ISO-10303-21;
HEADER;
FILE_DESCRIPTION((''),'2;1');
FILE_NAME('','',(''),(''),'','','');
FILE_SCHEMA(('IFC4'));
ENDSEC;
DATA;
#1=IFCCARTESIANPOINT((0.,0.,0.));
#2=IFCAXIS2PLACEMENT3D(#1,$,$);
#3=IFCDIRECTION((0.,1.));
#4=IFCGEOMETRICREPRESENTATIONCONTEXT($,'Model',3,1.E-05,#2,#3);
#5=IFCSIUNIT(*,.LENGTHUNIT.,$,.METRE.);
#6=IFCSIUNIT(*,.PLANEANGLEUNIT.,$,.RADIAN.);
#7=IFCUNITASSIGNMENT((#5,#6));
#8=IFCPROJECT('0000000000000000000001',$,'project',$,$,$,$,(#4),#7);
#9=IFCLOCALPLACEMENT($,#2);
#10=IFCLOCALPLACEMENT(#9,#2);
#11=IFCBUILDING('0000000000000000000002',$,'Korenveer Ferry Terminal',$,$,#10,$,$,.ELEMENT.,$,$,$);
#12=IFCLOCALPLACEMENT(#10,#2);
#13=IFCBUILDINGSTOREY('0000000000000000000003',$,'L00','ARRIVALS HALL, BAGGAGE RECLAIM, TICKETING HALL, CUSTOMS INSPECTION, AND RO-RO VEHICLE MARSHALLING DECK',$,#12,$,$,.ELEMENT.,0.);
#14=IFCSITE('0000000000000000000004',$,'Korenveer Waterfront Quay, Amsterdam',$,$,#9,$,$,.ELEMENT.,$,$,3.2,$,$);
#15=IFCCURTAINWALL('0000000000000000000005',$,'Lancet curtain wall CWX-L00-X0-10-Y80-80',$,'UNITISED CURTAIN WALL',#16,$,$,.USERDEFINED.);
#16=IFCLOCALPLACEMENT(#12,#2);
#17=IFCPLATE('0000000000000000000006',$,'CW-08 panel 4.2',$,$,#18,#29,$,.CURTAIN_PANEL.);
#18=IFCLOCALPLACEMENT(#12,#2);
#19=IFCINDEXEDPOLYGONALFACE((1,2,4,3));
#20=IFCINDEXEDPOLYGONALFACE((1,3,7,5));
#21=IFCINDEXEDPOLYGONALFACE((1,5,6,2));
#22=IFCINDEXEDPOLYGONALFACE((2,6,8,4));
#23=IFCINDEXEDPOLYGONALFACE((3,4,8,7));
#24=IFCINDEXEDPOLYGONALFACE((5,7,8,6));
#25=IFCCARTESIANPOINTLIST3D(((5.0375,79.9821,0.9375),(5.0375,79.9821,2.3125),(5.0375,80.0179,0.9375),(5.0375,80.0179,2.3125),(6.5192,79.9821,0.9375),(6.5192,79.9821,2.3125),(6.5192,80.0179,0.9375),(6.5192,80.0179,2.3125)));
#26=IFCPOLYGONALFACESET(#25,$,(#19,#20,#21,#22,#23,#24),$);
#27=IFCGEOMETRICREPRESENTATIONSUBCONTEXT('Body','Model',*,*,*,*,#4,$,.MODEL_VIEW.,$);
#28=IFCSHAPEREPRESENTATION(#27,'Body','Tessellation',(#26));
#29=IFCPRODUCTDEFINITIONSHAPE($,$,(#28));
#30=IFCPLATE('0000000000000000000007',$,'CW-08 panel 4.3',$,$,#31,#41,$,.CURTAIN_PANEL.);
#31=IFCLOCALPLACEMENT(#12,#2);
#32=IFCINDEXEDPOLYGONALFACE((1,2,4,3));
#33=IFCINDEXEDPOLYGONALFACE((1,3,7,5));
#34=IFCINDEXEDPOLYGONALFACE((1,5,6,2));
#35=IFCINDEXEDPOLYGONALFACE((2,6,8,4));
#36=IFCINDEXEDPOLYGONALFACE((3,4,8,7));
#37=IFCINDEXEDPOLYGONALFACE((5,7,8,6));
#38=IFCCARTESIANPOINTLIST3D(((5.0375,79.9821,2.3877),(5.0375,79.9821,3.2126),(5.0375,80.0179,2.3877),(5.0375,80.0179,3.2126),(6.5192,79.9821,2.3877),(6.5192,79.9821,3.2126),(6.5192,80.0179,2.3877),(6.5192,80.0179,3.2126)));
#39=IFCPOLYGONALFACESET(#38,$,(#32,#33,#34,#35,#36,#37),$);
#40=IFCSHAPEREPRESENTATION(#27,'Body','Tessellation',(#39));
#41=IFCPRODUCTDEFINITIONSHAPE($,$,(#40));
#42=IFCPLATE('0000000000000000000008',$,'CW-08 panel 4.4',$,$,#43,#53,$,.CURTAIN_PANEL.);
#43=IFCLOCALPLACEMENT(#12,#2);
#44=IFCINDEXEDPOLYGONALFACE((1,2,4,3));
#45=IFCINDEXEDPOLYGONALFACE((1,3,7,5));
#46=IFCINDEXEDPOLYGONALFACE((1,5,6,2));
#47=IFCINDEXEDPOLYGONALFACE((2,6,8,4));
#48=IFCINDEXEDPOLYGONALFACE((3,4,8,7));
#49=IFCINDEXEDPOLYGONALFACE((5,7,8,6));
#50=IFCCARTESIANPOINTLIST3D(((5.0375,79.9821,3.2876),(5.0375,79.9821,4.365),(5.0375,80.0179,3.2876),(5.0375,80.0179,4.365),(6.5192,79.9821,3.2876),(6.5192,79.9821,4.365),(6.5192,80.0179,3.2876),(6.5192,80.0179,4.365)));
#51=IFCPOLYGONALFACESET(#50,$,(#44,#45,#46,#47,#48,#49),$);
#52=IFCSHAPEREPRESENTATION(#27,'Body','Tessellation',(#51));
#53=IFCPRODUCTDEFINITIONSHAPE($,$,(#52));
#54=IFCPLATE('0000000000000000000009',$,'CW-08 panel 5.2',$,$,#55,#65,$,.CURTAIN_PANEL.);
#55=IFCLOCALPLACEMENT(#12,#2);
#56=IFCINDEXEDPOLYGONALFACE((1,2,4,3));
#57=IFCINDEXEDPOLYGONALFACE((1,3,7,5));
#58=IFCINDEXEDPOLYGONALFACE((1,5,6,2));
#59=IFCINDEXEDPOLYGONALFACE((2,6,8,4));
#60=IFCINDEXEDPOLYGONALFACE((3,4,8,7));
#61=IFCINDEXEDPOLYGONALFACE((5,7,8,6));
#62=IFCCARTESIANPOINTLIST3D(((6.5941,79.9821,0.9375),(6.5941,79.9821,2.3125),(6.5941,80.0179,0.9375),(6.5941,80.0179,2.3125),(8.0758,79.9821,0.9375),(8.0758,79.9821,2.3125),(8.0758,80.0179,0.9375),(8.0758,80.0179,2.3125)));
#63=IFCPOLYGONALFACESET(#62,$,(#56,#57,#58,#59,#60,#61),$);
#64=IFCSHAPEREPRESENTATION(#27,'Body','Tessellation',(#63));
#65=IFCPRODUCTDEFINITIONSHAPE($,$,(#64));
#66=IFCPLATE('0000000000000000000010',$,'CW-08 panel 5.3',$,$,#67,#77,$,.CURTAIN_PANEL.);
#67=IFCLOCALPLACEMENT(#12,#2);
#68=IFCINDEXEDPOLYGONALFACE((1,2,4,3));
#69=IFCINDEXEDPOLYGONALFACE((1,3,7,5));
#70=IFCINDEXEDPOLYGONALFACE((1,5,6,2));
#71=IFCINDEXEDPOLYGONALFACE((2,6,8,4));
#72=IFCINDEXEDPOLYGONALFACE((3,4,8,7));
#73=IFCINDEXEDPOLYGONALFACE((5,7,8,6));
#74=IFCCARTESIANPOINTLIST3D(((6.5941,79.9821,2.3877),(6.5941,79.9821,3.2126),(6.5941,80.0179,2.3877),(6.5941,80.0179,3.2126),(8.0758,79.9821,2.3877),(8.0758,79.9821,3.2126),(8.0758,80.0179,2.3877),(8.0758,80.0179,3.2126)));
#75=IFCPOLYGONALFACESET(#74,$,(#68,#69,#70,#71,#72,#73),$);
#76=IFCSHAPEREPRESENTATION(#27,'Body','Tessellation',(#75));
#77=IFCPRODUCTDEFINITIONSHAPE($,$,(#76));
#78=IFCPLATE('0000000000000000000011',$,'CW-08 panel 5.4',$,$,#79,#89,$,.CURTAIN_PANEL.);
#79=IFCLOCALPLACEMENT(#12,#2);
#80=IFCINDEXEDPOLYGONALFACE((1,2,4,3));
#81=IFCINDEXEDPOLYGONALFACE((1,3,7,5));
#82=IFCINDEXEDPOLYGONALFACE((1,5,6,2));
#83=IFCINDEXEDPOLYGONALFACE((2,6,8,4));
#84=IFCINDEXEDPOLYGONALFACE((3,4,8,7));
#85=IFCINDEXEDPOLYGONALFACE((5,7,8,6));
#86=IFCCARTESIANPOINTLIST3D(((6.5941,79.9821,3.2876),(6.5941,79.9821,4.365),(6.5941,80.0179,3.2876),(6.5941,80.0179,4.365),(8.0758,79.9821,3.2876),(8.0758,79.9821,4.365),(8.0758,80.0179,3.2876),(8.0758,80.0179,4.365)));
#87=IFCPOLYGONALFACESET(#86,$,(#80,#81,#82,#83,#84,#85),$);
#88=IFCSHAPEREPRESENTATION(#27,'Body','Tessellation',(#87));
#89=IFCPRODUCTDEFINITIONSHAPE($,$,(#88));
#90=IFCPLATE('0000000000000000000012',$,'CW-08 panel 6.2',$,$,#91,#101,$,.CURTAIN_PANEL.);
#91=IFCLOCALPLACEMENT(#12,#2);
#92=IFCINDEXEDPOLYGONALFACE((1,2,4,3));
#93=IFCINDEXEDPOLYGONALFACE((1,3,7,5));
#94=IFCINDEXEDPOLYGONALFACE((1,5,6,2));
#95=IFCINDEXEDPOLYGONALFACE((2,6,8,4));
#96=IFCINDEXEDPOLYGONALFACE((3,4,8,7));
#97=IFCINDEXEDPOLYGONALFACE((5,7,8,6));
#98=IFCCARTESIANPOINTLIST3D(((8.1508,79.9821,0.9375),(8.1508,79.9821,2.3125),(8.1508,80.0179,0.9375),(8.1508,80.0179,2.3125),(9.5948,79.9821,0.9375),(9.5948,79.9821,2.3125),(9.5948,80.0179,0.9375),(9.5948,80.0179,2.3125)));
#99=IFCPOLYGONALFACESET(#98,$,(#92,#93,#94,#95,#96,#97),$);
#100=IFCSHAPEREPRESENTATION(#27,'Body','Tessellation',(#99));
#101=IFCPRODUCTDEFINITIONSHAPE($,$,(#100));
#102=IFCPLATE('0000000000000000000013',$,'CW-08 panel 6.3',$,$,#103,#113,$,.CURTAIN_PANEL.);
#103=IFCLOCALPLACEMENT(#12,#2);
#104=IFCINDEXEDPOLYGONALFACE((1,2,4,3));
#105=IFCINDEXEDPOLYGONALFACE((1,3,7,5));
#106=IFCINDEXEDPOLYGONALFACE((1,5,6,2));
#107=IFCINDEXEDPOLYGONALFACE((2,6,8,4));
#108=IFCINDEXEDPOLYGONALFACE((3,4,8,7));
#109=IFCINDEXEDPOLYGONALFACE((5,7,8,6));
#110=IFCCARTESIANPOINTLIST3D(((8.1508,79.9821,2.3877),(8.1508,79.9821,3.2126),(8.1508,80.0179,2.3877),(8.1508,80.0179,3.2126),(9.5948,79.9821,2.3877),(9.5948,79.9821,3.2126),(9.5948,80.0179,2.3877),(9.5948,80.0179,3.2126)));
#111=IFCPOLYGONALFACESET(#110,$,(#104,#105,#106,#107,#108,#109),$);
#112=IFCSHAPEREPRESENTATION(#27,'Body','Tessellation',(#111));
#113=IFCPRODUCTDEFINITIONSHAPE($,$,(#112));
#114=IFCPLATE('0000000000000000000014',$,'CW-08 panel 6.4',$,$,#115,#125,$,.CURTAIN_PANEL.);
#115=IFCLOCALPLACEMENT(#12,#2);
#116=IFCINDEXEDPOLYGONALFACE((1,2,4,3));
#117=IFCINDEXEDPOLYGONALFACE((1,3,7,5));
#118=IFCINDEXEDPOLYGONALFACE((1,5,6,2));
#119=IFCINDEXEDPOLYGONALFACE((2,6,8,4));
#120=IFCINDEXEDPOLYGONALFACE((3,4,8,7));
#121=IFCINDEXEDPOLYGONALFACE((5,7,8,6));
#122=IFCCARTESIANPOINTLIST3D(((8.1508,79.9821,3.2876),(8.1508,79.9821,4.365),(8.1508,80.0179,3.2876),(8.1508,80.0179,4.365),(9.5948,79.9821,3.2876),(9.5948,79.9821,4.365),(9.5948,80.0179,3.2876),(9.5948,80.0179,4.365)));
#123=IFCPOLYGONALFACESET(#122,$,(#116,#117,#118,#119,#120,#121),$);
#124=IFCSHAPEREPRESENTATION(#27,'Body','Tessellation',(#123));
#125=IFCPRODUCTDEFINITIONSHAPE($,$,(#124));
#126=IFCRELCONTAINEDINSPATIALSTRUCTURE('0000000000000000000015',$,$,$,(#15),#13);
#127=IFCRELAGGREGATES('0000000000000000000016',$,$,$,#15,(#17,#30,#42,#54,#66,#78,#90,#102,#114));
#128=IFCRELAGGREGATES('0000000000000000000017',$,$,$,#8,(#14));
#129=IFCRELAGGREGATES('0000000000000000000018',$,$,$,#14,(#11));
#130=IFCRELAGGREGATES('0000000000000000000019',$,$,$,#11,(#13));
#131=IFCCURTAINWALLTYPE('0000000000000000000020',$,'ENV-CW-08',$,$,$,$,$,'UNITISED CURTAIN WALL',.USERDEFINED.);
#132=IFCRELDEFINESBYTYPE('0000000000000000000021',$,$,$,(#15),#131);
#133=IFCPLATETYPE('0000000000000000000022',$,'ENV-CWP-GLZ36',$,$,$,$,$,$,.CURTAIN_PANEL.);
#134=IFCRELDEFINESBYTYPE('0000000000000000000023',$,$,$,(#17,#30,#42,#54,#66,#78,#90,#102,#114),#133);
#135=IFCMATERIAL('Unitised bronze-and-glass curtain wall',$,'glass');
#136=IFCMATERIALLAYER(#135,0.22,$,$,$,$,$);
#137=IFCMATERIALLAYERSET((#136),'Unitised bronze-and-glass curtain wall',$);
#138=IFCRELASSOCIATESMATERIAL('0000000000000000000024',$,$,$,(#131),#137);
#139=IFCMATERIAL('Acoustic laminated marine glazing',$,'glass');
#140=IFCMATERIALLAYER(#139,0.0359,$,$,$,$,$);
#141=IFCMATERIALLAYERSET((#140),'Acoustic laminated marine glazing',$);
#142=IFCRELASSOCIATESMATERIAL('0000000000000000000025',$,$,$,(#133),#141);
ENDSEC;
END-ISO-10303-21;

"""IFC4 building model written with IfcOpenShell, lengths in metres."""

from ifc_helpers import new_model, si_unit, direction, frame, origin, origin_2d, place, context, subcontext, project, spatial, rectangle, extrude, material, layer, layer_set, type_object, element, aggregate, save


model = new_model("IFC4")

# Units and contexts
model_context = context("Model", 3, precision=1e-05, world=origin(), true_north=direction((0.0, 1.0)))
body_context = subcontext(model_context, "Body", "Model", "MODEL_VIEW")
ifc_project = project(units=[si_unit("LENGTHUNIT", "METRE"), si_unit("PLANEANGLEUNIT", "RADIAN")], contexts=[model_context])

# Site, building, storey
site_placement = place(None, origin())
site = spatial("IfcSite", under=ifc_project, at=site_placement, Name="Korenveer Waterfront Quay, Amsterdam", CompositionType="ELEMENT", RefElevation=3.2)
building_placement = place(site_placement, origin())
building = spatial("IfcBuilding", under=site, at=building_placement, Name="Korenveer Ferry Terminal", CompositionType="ELEMENT")
storey_placement = place(building_placement, origin())
storey = spatial("IfcBuildingStorey", under=building, at=storey_placement, Name="L00", Description="ARRIVALS HALL, BAGGAGE RECLAIM, TICKETING HALL, CUSTOMS INSPECTION, AND RO-RO VEHICLE MARSHALLING DECK", CompositionType="ELEMENT", Elevation=0.0)

# Curtain wall
ifc_material_1 = material(Name="Unitised bronze-and-glass curtain wall", Category="glass")
ifc_layer_1 = layer(ifc_material_1, 0.22)
ifc_layer_set_1 = layer_set([ifc_layer_1], Name="Unitised bronze-and-glass curtain wall")
curtain_wall_type_1 = type_object("IfcCurtainWallType", Name="ENV-CW-08", ElementType="UNITISED CURTAIN WALL", PredefinedType="USERDEFINED", material=ifc_layer_set_1)
curtain_wall_1_placement = place(storey_placement, frame((0.3301, 80.0, 0.0)))
curtain_wall_1 = element("IfcCurtainWall", 1, at=curtain_wall_1_placement, inside=storey, type_object=curtain_wall_type_1, Name="Lancet curtain wall CWX-L00-X0-10-Y80-80", ObjectType="UNITISED CURTAIN WALL", PredefinedType="USERDEFINED")

# Plates
ifc_material_2 = material(Name="Acoustic laminated marine glazing", Category="glass")
ifc_layer_2 = layer(ifc_material_2, 0.0359)
ifc_layer_set_2 = layer_set([ifc_layer_2], Name="Acoustic laminated marine glazing")
plate_type = type_object("IfcPlateType", Name="ENV-CWP-GLZ36", PredefinedType="CURTAIN_PANEL", material=ifc_layer_set_2)
plate_1_placement = place(storey_placement, frame((5.7783, 80.0, 0.9375), z_axis=(0.0, 0.0, 1.0), x_axis=(1.0, 0.0, 0.0)))
plate_1 = element("IfcPlate", 2, at=plate_1_placement, type_object=plate_type, Name="CW-08 panel 4.2", PredefinedType="CURTAIN_PANEL", context=body_context, shape_type="SweptSolid", body=[
    extrude(rectangle(XDim=1.4817, YDim=0.0359, at=origin_2d()), origin(), (0.0, 0.0, 1.0), 1.375),
])
plate_2_placement = place(storey_placement, frame((5.7783, 80.0, 2.3877), z_axis=(0.0, 0.0, 1.0), x_axis=(1.0, 0.0, 0.0)))
plate_2 = element("IfcPlate", 3, at=plate_2_placement, type_object=plate_type, Name="CW-08 panel 4.3", PredefinedType="CURTAIN_PANEL", context=body_context, shape_type="SweptSolid", body=[
    extrude(rectangle(XDim=1.4817, YDim=0.0359, at=origin_2d()), origin(), (0.0, 0.0, 1.0), 0.825),
])
plate_3_placement = place(storey_placement, frame((5.7783, 80.0, 3.2876), z_axis=(0.0, 0.0, 1.0), x_axis=(1.0, 0.0, 0.0)))
plate_3 = element("IfcPlate", 4, at=plate_3_placement, type_object=plate_type, Name="CW-08 panel 4.4", PredefinedType="CURTAIN_PANEL", context=body_context, shape_type="SweptSolid", body=[
    extrude(rectangle(XDim=1.4817, YDim=0.0359, at=origin_2d()), origin(), (0.0, 0.0, 1.0), 1.0774),
])
plate_4_placement = place(storey_placement, frame((7.335, 80.0, 0.9375), z_axis=(0.0, 0.0, 1.0), x_axis=(1.0, 0.0, 0.0)))
plate_4 = element("IfcPlate", 5, at=plate_4_placement, type_object=plate_type, Name="CW-08 panel 5.2", PredefinedType="CURTAIN_PANEL", context=body_context, shape_type="SweptSolid", body=[
    extrude(rectangle(XDim=1.4817, YDim=0.0359, at=origin_2d()), origin(), (0.0, 0.0, 1.0), 1.375),
])
plate_5_placement = place(storey_placement, frame((7.335, 80.0, 2.3877), z_axis=(0.0, 0.0, 1.0), x_axis=(1.0, 0.0, 0.0)))
plate_5 = element("IfcPlate", 6, at=plate_5_placement, type_object=plate_type, Name="CW-08 panel 5.3", PredefinedType="CURTAIN_PANEL", context=body_context, shape_type="SweptSolid", body=[
    extrude(rectangle(XDim=1.4817, YDim=0.0359, at=origin_2d()), origin(), (0.0, 0.0, 1.0), 0.825),
])
plate_6_placement = place(storey_placement, frame((7.335, 80.0, 3.2876), z_axis=(0.0, 0.0, 1.0), x_axis=(1.0, 0.0, 0.0)))
plate_6 = element("IfcPlate", 7, at=plate_6_placement, type_object=plate_type, Name="CW-08 panel 5.4", PredefinedType="CURTAIN_PANEL", context=body_context, shape_type="SweptSolid", body=[
    extrude(rectangle(XDim=1.4817, YDim=0.0359, at=origin_2d()), origin(), (0.0, 0.0, 1.0), 1.0774),
])
plate_7_placement = place(storey_placement, frame((8.8728, 80.0, 0.9375), z_axis=(0.0, 0.0, 1.0), x_axis=(1.0, 0.0, 0.0)))
plate_7 = element("IfcPlate", 8, at=plate_7_placement, type_object=plate_type, Name="CW-08 panel 6.2", PredefinedType="CURTAIN_PANEL", context=body_context, shape_type="SweptSolid", body=[
    extrude(rectangle(XDim=1.4441, YDim=0.0359, at=origin_2d()), origin(), (0.0, 0.0, 1.0), 1.375),
])
plate_8_placement = place(storey_placement, frame((8.8728, 80.0, 2.3877), z_axis=(0.0, 0.0, 1.0), x_axis=(1.0, 0.0, 0.0)))
plate_8 = element("IfcPlate", 9, at=plate_8_placement, type_object=plate_type, Name="CW-08 panel 6.3", PredefinedType="CURTAIN_PANEL", context=body_context, shape_type="SweptSolid", body=[
    extrude(rectangle(XDim=1.4441, YDim=0.0359, at=origin_2d()), origin(), (0.0, 0.0, 1.0), 0.825),
])
plate_9_placement = place(storey_placement, frame((8.8728, 80.0, 3.2876), z_axis=(0.0, 0.0, 1.0), x_axis=(1.0, 0.0, 0.0)))
plate_9 = element("IfcPlate", 10, at=plate_9_placement, type_object=plate_type, Name="CW-08 panel 6.4", PredefinedType="CURTAIN_PANEL", context=body_context, shape_type="SweptSolid", body=[
    extrude(rectangle(XDim=1.4441, YDim=0.0359, at=origin_2d()), origin(), (0.0, 0.0, 1.0), 1.0774),
])
aggregate(curtain_wall_1, [plate_1, plate_2, plate_3, plate_4, plate_5, plate_6, plate_7, plate_8, plate_9])

save(model, "model.ifc")
